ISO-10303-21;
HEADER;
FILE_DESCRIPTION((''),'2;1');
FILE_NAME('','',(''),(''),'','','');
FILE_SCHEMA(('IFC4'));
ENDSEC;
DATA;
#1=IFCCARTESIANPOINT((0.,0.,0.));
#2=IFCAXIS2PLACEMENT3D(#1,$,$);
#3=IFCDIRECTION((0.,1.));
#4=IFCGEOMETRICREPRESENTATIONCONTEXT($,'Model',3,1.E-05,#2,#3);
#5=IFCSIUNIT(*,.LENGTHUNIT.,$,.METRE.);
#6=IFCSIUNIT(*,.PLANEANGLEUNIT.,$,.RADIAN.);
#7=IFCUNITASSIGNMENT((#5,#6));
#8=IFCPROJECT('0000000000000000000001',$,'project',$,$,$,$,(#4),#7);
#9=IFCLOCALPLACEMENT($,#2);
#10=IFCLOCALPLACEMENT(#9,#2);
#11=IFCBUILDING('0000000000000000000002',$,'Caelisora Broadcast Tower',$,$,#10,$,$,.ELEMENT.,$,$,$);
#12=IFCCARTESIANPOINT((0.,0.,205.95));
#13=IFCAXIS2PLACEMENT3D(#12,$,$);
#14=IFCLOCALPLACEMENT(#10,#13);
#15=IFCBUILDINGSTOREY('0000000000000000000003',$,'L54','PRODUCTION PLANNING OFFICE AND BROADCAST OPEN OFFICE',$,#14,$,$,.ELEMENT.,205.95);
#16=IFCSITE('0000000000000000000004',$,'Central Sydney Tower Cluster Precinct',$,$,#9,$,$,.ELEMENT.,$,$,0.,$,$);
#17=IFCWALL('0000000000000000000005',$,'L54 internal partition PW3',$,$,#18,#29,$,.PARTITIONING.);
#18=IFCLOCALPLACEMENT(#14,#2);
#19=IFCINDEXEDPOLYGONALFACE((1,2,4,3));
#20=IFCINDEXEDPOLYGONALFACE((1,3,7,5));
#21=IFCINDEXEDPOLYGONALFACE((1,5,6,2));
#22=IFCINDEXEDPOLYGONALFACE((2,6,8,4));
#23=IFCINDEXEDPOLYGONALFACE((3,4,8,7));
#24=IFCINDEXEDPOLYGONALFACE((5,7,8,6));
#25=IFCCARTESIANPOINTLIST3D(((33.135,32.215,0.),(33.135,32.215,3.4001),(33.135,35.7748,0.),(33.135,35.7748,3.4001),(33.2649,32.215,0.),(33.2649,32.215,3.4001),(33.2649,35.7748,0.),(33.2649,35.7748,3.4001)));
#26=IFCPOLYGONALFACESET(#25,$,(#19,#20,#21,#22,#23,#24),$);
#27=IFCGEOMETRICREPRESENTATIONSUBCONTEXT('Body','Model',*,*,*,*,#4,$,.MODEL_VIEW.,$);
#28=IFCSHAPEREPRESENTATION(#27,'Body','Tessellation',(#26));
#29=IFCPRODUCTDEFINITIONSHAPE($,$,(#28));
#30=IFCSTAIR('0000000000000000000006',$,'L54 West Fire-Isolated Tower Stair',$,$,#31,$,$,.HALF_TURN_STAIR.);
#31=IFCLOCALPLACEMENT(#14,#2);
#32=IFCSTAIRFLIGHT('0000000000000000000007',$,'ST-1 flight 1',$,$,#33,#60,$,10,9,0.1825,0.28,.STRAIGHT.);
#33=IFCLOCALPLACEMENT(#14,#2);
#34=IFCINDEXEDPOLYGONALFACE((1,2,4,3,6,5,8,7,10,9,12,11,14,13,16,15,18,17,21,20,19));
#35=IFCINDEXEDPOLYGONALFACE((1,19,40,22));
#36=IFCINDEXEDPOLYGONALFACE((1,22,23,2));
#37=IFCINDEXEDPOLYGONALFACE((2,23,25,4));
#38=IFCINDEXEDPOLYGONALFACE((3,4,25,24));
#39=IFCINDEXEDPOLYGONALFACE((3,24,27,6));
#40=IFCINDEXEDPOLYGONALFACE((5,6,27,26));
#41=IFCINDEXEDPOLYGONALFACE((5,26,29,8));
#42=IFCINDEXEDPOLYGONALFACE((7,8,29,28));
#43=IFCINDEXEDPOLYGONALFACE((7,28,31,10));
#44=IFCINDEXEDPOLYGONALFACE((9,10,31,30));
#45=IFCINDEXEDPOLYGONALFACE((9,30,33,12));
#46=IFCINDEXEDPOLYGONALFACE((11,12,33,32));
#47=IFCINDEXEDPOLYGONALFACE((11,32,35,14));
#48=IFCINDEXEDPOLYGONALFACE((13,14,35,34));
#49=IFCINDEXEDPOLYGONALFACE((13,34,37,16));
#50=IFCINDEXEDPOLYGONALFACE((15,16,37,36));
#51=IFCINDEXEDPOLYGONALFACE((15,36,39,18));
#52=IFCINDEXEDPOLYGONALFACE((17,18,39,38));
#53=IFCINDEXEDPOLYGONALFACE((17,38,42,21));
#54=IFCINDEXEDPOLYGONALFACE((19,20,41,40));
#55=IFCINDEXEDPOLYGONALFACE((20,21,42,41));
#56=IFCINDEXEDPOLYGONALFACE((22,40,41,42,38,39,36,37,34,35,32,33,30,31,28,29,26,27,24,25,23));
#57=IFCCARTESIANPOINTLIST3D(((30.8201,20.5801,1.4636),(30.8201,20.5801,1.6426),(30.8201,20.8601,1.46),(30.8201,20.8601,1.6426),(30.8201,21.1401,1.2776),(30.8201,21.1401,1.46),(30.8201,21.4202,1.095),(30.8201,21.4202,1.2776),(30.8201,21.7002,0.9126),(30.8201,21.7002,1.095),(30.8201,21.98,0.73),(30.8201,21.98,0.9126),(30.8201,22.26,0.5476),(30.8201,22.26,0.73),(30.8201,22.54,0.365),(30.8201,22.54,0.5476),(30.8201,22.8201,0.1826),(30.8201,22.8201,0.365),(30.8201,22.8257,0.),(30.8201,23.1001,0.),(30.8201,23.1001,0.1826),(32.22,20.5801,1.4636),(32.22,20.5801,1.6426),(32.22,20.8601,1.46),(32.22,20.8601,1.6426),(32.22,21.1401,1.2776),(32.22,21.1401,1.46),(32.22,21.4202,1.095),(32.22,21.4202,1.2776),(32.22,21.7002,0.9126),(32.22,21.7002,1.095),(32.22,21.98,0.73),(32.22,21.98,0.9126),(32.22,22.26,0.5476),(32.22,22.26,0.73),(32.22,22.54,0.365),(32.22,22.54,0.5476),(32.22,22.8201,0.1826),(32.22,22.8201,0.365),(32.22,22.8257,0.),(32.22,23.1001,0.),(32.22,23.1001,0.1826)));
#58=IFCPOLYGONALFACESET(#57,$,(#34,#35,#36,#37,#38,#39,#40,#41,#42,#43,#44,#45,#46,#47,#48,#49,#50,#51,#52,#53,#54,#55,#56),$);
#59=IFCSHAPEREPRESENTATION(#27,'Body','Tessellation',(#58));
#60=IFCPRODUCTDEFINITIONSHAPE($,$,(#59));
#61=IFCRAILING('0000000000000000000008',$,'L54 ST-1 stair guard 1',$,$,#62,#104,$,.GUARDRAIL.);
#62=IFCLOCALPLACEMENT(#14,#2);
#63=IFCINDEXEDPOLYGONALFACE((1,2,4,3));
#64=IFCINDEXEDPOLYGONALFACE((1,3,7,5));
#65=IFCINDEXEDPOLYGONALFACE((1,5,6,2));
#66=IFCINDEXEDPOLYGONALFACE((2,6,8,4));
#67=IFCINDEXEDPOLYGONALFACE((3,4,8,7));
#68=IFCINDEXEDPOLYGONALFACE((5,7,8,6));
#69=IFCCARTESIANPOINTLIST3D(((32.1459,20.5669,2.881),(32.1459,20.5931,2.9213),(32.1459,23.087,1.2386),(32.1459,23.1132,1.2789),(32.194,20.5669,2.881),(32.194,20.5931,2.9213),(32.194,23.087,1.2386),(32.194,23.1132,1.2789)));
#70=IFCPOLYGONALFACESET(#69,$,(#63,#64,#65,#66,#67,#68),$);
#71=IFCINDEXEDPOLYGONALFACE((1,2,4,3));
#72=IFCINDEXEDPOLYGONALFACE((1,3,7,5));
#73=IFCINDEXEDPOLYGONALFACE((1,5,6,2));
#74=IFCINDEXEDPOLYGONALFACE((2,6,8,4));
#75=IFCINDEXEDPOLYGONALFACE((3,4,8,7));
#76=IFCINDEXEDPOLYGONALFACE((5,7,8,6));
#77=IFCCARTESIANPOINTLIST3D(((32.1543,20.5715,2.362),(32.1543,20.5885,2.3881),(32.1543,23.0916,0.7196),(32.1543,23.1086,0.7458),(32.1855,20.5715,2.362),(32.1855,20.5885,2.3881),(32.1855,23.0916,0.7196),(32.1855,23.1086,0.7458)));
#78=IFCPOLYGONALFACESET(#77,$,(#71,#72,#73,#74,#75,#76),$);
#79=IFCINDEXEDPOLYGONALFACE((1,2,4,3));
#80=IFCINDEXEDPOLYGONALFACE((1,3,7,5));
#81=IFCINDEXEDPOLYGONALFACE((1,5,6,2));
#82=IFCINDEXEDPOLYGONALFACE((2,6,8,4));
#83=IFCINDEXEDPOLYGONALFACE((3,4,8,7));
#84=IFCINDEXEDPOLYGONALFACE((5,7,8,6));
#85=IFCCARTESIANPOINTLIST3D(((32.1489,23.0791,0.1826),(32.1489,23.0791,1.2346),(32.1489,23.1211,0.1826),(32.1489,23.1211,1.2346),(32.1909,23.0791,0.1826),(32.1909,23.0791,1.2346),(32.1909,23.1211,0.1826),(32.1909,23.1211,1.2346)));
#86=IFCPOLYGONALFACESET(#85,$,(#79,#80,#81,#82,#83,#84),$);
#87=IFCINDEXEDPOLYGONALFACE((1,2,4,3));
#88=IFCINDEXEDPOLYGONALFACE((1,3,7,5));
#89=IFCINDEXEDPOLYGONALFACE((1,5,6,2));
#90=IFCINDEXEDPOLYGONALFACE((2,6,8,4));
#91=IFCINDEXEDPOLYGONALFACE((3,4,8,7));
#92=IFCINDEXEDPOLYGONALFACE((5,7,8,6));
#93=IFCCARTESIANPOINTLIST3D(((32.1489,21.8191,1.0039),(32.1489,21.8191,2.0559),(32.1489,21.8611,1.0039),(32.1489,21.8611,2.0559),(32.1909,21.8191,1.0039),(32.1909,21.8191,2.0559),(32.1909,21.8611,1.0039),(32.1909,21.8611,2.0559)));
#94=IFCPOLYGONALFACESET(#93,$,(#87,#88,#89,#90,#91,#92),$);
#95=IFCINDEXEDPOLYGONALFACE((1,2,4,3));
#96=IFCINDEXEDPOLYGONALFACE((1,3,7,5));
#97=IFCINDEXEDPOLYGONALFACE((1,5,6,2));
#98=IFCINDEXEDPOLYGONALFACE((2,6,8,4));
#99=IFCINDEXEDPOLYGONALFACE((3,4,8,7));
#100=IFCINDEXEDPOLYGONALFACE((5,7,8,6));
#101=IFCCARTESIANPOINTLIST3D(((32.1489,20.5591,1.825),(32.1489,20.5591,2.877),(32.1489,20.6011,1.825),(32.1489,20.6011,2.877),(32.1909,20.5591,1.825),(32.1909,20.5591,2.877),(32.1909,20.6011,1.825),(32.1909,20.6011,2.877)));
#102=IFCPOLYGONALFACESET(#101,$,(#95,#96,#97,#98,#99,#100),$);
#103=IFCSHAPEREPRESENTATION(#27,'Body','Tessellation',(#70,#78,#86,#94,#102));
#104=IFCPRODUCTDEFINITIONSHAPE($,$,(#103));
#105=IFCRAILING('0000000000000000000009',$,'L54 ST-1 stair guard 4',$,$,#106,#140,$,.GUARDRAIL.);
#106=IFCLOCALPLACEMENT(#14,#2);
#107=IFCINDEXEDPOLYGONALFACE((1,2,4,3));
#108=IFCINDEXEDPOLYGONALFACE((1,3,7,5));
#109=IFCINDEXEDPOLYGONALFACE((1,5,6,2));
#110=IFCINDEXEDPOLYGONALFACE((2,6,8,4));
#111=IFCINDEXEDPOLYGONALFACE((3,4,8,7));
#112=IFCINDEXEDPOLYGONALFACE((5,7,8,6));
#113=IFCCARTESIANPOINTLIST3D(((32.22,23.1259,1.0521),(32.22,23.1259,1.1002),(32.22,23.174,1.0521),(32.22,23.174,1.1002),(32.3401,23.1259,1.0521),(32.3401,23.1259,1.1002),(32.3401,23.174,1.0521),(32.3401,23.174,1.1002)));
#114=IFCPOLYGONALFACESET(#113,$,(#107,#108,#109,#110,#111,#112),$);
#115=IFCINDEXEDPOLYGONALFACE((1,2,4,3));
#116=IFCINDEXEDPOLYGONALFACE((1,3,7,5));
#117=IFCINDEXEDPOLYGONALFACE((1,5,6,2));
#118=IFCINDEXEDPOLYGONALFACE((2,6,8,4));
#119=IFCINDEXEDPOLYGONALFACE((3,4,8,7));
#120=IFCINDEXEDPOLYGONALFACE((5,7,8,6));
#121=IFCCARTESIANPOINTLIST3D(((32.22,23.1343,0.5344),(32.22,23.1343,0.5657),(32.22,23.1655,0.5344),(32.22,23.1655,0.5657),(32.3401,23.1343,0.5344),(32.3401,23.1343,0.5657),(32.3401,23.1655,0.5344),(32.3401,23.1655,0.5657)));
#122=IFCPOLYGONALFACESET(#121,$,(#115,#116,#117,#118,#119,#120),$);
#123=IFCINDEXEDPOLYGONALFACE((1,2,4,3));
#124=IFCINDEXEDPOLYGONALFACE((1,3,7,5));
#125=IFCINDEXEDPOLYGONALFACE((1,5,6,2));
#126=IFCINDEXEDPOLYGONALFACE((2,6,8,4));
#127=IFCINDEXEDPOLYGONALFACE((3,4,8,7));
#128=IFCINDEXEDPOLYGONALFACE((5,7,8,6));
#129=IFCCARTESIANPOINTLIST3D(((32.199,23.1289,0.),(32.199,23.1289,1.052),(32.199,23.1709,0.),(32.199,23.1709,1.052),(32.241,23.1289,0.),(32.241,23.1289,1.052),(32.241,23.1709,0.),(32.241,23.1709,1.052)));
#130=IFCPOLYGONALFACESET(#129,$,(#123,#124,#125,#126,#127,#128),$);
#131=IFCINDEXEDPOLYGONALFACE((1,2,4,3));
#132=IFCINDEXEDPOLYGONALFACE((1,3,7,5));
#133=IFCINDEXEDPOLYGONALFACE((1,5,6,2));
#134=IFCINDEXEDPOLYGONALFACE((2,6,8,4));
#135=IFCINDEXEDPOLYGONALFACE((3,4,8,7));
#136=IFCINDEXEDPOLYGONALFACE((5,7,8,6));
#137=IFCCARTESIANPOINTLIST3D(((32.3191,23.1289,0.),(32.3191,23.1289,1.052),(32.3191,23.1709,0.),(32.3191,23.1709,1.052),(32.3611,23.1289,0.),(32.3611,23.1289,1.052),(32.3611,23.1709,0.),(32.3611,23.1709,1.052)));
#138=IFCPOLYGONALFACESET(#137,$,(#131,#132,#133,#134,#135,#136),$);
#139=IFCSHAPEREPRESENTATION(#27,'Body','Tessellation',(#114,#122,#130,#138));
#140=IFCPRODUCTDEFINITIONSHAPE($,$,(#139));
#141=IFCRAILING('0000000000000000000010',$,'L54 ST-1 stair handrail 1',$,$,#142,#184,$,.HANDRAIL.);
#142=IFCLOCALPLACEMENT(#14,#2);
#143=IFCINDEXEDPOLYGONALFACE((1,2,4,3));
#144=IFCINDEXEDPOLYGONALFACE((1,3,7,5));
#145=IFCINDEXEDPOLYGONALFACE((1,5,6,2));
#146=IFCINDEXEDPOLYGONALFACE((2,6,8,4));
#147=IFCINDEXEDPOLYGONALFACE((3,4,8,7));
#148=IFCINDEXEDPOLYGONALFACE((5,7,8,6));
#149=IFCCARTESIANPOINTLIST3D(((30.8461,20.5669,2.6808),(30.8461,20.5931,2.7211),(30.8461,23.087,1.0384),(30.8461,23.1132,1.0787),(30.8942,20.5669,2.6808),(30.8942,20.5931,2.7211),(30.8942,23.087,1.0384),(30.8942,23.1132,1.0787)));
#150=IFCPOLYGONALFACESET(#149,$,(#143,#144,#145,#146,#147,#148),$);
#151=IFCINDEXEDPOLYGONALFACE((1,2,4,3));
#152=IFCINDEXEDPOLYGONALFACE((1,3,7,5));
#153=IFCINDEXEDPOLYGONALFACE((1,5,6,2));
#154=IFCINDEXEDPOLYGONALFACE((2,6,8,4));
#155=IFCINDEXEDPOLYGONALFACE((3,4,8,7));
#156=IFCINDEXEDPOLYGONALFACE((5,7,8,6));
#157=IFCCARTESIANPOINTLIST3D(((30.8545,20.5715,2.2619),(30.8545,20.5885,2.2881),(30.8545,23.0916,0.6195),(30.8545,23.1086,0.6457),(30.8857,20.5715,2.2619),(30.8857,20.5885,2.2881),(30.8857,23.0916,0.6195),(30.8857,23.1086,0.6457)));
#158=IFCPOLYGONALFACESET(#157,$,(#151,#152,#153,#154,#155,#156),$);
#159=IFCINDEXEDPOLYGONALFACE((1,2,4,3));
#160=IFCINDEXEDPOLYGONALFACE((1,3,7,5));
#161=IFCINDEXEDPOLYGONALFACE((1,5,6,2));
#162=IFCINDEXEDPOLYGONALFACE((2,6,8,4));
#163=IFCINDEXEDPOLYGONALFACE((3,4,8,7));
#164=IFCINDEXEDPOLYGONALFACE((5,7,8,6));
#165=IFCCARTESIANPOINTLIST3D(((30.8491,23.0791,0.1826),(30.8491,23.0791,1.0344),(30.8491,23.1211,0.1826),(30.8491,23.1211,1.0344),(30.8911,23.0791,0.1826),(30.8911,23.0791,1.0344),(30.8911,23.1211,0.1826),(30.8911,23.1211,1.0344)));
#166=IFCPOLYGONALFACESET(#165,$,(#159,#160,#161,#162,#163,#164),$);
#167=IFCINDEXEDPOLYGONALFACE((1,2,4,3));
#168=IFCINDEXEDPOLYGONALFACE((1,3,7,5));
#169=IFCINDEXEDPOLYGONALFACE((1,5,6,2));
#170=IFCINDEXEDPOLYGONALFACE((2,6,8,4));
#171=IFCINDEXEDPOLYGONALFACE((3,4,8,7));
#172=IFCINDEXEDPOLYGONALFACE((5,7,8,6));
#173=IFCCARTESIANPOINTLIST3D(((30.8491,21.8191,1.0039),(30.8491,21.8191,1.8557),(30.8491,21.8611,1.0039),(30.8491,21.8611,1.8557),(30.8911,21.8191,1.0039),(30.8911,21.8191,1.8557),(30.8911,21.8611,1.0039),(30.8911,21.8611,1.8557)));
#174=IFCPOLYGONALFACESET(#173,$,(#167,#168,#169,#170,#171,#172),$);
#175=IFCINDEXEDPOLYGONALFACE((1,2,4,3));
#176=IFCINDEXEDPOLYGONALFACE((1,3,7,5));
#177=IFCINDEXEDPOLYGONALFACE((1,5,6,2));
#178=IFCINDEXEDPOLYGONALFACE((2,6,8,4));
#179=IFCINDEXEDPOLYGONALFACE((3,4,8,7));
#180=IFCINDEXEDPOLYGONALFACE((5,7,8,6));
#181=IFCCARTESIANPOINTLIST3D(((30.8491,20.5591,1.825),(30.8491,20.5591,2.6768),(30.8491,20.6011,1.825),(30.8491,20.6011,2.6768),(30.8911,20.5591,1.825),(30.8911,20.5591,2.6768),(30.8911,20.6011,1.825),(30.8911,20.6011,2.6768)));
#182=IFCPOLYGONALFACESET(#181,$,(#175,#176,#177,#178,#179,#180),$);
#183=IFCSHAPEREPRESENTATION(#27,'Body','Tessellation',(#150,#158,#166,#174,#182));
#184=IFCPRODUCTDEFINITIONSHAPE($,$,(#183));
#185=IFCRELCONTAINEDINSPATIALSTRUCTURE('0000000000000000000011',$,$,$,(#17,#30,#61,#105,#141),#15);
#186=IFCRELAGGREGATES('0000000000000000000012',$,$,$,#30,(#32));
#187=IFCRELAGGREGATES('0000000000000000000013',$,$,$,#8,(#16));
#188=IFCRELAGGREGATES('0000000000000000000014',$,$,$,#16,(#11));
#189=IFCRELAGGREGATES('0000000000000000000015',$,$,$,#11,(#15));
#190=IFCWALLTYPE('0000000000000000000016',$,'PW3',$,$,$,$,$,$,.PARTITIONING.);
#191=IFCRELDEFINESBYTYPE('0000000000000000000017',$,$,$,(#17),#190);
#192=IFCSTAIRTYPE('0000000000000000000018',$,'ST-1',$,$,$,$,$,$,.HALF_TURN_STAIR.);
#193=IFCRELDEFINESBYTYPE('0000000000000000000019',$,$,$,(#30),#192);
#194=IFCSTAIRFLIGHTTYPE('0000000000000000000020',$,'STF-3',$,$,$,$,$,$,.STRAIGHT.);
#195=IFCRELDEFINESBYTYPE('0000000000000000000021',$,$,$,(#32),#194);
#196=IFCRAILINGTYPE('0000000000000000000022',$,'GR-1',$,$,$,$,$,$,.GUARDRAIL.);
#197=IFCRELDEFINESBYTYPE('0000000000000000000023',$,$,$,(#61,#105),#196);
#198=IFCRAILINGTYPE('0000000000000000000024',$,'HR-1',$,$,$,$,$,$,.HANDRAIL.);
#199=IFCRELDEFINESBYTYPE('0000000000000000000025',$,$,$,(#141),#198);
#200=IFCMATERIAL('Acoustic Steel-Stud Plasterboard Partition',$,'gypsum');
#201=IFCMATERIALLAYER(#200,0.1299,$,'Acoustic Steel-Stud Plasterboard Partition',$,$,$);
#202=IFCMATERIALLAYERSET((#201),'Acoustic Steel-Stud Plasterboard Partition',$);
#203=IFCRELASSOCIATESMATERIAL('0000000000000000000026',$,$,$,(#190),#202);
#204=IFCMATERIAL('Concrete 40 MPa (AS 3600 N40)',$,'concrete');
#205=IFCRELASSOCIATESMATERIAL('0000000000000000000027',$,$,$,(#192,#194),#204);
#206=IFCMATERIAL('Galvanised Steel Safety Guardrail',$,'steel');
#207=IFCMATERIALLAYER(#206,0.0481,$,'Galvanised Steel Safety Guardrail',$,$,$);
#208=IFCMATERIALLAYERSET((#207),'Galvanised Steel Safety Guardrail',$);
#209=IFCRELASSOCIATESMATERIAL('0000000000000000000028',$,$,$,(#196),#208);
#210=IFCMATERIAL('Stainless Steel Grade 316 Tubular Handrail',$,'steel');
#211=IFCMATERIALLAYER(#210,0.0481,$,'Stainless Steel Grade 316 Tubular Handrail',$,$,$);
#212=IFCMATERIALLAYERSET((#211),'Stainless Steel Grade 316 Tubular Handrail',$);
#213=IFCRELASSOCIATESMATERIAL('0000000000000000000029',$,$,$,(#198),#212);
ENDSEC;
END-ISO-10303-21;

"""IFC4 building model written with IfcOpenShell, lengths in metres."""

from ifc_helpers import new_model, si_unit, direction, frame, frame_2d, origin, origin_2d, place, context, subcontext, project, spatial, polyline, rectangle, outline, extrude, material, layer, layer_set, type_object, element, aggregate, save


model = new_model("IFC4")

# Units and contexts
model_context = context("Model", 3, precision=1e-05, world=origin(), true_north=direction((0.0, 1.0)))
body_context = subcontext(model_context, "Body", "Model", "MODEL_VIEW")
ifc_project = project(units=[si_unit("LENGTHUNIT", "METRE"), si_unit("PLANEANGLEUNIT", "RADIAN")], contexts=[model_context])

# Site, building, storey
site_placement = place(None, origin())
site = spatial("IfcSite", under=ifc_project, at=site_placement, Name="Central Sydney Tower Cluster Precinct", CompositionType="ELEMENT", RefElevation=0.0)
building_placement = place(site_placement, origin())
building = spatial("IfcBuilding", under=site, at=building_placement, Name="Caelisora Broadcast Tower", CompositionType="ELEMENT")
storey_placement = place(building_placement, frame((0.0, 0.0, 205.95)))
storey = spatial("IfcBuildingStorey", under=building, at=storey_placement, Name="L54", Description="PRODUCTION PLANNING OFFICE AND BROADCAST OPEN OFFICE", CompositionType="ELEMENT", Elevation=205.95)

# Wall
ifc_material_1 = material(Name="Acoustic Steel-Stud Plasterboard Partition", Category="gypsum")
ifc_layer_1 = layer(ifc_material_1, 0.1299, Name="Acoustic Steel-Stud Plasterboard Partition")
ifc_layer_set_1 = layer_set([ifc_layer_1], Name="Acoustic Steel-Stud Plasterboard Partition")
wall_type_1 = type_object("IfcWallType", Name="PW3", PredefinedType="PARTITIONING", material=ifc_layer_set_1)
wall_1_placement = place(storey_placement, frame((33.2, 32.2151, 0.0), z_axis=(0.0, 0.0, 1.0), x_axis=(0.0, 1.0, 0.0)))
element("IfcWall", 1, at=wall_1_placement, inside=storey, type_object=wall_type_1, Name="L54 internal partition PW3", PredefinedType="PARTITIONING", context=body_context, shape_type="SweptSolid", body=[
    extrude(rectangle(XDim=3.5598, YDim=0.1299, at=frame_2d((1.7798, 0.0))), origin(), (0.0, 0.0, 1.0), 3.4001),
])

# Stair, stair flight
ifc_material_2 = material(Name="Concrete 40 MPa (AS 3600 N40)", Category="concrete")
stair_type = type_object("IfcStairType", Name="ST-1", PredefinedType="HALF_TURN_STAIR", material=ifc_material_2)
stair_placement = place(storey_placement, origin())
stair = element("IfcStair", 2, at=stair_placement, inside=storey, type_object=stair_type, Name="L54 West Fire-Isolated Tower Stair", PredefinedType="HALF_TURN_STAIR")
stair_flight_type = type_object("IfcStairFlightType", Name="STF-3", PredefinedType="STRAIGHT", material=ifc_material_2)
stair_flight_placement = place(storey_placement, frame((31.52, 23.1001, 0.0), z_axis=(0.0, 0.0, 1.0), x_axis=(0.0, -1.0, 0.0)))
stair_flight = element("IfcStairFlight", 3, at=stair_flight_placement, type_object=stair_flight_type, Name="ST-1 flight 1", NumberOfRisers=10, NumberOfTreads=9, PredefinedType="STRAIGHT", RiserHeight=0.1825, TreadLength=0.28, context=body_context, shape_type="SweptSolid", body=[
    extrude(outline(polyline([(0.0, 0.0), (0.0, 0.1826), (0.28, 0.1826), (0.28, 0.365), (0.5601, 0.365), (0.5601, 0.5476), (0.8401, 0.5476), (0.8401, 0.73), (1.1201, 0.73), (1.1201, 0.9126), (1.3999, 0.9126), (1.3999, 1.095), (1.6799, 1.095), (1.6799, 1.2776), (1.96, 1.2776), (1.96, 1.46), (2.24, 1.46), (2.24, 1.6426), (2.52, 1.6426), (2.52, 1.825), (2.52, 1.4636), (0.2744, 0.0), (0.0, 0.0)])), frame((0.0, 0.7, 0.0), z_axis=(0.0, -1.0, 0.0), x_axis=(1.0, 0.0, 0.0)), (0.0, 0.0, 1.0), 1.3999),
])
aggregate(stair, [stair_flight])

# Railings
ifc_material_3 = material(Name="Galvanised Steel Safety Guardrail", Category="steel")
ifc_layer_2 = layer(ifc_material_3, 0.0481, Name="Galvanised Steel Safety Guardrail")
ifc_layer_set_2 = layer_set([ifc_layer_2], Name="Galvanised Steel Safety Guardrail")
railing_type_1 = type_object("IfcRailingType", Name="GR-1", PredefinedType="GUARDRAIL", material=ifc_layer_set_2)
railing_1_placement = place(storey_placement, frame((32.1699, 23.1001, 0.1826)))
element("IfcRailing", 4, at=railing_1_placement, inside=storey, type_object=railing_type_1, Name="L54 ST-1 stair guard 1", PredefinedType="GUARDRAIL", context=body_context, shape_type="SweptSolid", body=[
    extrude(rectangle(XDim=0.0481, YDim=0.0481, at=origin_2d()), frame((0.0, 0.0, 1.0762), z_axis=(0.0, -0.837787, 0.545998), x_axis=(1.0, 0.0, 0.0)), (0.0, 0.0, 1.0), 3.0081),
    extrude(rectangle(XDim=0.0312, YDim=0.0312, at=origin_2d()), frame((0.0, 0.0, 0.55), z_axis=(0.0, -0.837787, 0.545998), x_axis=(1.0, 0.0, 0.0)), (0.0, 0.0, 1.0), 3.0081),
    extrude(rectangle(XDim=0.042, YDim=0.042, at=origin_2d()), origin(), (0.0, 0.0, 1.0), 1.052),
    extrude(rectangle(XDim=0.042, YDim=0.042, at=origin_2d()), frame((0.0, -1.26, 0.8213)), (0.0, 0.0, 1.0), 1.052),
    extrude(rectangle(XDim=0.042, YDim=0.042, at=origin_2d()), frame((0.0, -2.52, 1.6423)), (0.0, 0.0, 1.0), 1.052),
])
railing_2_placement = place(storey_placement, frame((32.22, 23.1499, 0.0)))
element("IfcRailing", 5, at=railing_2_placement, inside=storey, type_object=railing_type_1, Name="L54 ST-1 stair guard 4", PredefinedType="GUARDRAIL", context=body_context, shape_type="SweptSolid", body=[
    extrude(rectangle(XDim=0.0481, YDim=0.0481, at=origin_2d()), frame((0.0, 0.0, 1.0762), z_axis=(1.0, 0.0, 0.0), x_axis=(0.0, 1.0, 0.0)), (0.0, 0.0, 1.0), 0.1201),
    extrude(rectangle(XDim=0.0312, YDim=0.0312, at=origin_2d()), frame((0.0, 0.0, 0.55), z_axis=(1.0, 0.0, 0.0), x_axis=(0.0, 1.0, 0.0)), (0.0, 0.0, 1.0), 0.1201),
    extrude(rectangle(XDim=0.042, YDim=0.042, at=origin_2d()), origin(), (0.0, 0.0, 1.0), 1.052),
    extrude(rectangle(XDim=0.042, YDim=0.042, at=origin_2d()), frame((0.1201, 0.0, 0.0)), (0.0, 0.0, 1.0), 1.052),
])
ifc_material_4 = material(Name="Stainless Steel Grade 316 Tubular Handrail", Category="steel")
ifc_layer_3 = layer(ifc_material_4, 0.0481, Name="Stainless Steel Grade 316 Tubular Handrail")
ifc_layer_set_3 = layer_set([ifc_layer_3], Name="Stainless Steel Grade 316 Tubular Handrail")
railing_type_2 = type_object("IfcRailingType", Name="HR-1", PredefinedType="HANDRAIL", material=ifc_layer_set_3)
railing_3_placement = place(storey_placement, frame((30.8701, 23.1001, 0.1826)))
element("IfcRailing", 6, at=railing_3_placement, inside=storey, type_object=railing_type_2, Name="L54 ST-1 stair handrail 1", PredefinedType="HANDRAIL", context=body_context, shape_type="SweptSolid", body=[
    extrude(rectangle(XDim=0.0481, YDim=0.0481, at=origin_2d()), frame((0.0, 0.0, 0.876), z_axis=(0.0, -0.837787, 0.545998), x_axis=(1.0, 0.0, 0.0)), (0.0, 0.0, 1.0), 3.0081),
    extrude(rectangle(XDim=0.0312, YDim=0.0312, at=origin_2d()), frame((0.0, 0.0, 0.45), z_axis=(0.0, -0.837787, 0.545998), x_axis=(1.0, 0.0, 0.0)), (0.0, 0.0, 1.0), 3.0081),
    extrude(rectangle(XDim=0.042, YDim=0.042, at=origin_2d()), origin(), (0.0, 0.0, 1.0), 0.8518),
    extrude(rectangle(XDim=0.042, YDim=0.042, at=origin_2d()), frame((0.0, -1.26, 0.8213)), (0.0, 0.0, 1.0), 0.8518),
    extrude(rectangle(XDim=0.042, YDim=0.042, at=origin_2d()), frame((0.0, -2.52, 1.6423)), (0.0, 0.0, 1.0), 0.8518),
])

save(model, "model.ifc")
